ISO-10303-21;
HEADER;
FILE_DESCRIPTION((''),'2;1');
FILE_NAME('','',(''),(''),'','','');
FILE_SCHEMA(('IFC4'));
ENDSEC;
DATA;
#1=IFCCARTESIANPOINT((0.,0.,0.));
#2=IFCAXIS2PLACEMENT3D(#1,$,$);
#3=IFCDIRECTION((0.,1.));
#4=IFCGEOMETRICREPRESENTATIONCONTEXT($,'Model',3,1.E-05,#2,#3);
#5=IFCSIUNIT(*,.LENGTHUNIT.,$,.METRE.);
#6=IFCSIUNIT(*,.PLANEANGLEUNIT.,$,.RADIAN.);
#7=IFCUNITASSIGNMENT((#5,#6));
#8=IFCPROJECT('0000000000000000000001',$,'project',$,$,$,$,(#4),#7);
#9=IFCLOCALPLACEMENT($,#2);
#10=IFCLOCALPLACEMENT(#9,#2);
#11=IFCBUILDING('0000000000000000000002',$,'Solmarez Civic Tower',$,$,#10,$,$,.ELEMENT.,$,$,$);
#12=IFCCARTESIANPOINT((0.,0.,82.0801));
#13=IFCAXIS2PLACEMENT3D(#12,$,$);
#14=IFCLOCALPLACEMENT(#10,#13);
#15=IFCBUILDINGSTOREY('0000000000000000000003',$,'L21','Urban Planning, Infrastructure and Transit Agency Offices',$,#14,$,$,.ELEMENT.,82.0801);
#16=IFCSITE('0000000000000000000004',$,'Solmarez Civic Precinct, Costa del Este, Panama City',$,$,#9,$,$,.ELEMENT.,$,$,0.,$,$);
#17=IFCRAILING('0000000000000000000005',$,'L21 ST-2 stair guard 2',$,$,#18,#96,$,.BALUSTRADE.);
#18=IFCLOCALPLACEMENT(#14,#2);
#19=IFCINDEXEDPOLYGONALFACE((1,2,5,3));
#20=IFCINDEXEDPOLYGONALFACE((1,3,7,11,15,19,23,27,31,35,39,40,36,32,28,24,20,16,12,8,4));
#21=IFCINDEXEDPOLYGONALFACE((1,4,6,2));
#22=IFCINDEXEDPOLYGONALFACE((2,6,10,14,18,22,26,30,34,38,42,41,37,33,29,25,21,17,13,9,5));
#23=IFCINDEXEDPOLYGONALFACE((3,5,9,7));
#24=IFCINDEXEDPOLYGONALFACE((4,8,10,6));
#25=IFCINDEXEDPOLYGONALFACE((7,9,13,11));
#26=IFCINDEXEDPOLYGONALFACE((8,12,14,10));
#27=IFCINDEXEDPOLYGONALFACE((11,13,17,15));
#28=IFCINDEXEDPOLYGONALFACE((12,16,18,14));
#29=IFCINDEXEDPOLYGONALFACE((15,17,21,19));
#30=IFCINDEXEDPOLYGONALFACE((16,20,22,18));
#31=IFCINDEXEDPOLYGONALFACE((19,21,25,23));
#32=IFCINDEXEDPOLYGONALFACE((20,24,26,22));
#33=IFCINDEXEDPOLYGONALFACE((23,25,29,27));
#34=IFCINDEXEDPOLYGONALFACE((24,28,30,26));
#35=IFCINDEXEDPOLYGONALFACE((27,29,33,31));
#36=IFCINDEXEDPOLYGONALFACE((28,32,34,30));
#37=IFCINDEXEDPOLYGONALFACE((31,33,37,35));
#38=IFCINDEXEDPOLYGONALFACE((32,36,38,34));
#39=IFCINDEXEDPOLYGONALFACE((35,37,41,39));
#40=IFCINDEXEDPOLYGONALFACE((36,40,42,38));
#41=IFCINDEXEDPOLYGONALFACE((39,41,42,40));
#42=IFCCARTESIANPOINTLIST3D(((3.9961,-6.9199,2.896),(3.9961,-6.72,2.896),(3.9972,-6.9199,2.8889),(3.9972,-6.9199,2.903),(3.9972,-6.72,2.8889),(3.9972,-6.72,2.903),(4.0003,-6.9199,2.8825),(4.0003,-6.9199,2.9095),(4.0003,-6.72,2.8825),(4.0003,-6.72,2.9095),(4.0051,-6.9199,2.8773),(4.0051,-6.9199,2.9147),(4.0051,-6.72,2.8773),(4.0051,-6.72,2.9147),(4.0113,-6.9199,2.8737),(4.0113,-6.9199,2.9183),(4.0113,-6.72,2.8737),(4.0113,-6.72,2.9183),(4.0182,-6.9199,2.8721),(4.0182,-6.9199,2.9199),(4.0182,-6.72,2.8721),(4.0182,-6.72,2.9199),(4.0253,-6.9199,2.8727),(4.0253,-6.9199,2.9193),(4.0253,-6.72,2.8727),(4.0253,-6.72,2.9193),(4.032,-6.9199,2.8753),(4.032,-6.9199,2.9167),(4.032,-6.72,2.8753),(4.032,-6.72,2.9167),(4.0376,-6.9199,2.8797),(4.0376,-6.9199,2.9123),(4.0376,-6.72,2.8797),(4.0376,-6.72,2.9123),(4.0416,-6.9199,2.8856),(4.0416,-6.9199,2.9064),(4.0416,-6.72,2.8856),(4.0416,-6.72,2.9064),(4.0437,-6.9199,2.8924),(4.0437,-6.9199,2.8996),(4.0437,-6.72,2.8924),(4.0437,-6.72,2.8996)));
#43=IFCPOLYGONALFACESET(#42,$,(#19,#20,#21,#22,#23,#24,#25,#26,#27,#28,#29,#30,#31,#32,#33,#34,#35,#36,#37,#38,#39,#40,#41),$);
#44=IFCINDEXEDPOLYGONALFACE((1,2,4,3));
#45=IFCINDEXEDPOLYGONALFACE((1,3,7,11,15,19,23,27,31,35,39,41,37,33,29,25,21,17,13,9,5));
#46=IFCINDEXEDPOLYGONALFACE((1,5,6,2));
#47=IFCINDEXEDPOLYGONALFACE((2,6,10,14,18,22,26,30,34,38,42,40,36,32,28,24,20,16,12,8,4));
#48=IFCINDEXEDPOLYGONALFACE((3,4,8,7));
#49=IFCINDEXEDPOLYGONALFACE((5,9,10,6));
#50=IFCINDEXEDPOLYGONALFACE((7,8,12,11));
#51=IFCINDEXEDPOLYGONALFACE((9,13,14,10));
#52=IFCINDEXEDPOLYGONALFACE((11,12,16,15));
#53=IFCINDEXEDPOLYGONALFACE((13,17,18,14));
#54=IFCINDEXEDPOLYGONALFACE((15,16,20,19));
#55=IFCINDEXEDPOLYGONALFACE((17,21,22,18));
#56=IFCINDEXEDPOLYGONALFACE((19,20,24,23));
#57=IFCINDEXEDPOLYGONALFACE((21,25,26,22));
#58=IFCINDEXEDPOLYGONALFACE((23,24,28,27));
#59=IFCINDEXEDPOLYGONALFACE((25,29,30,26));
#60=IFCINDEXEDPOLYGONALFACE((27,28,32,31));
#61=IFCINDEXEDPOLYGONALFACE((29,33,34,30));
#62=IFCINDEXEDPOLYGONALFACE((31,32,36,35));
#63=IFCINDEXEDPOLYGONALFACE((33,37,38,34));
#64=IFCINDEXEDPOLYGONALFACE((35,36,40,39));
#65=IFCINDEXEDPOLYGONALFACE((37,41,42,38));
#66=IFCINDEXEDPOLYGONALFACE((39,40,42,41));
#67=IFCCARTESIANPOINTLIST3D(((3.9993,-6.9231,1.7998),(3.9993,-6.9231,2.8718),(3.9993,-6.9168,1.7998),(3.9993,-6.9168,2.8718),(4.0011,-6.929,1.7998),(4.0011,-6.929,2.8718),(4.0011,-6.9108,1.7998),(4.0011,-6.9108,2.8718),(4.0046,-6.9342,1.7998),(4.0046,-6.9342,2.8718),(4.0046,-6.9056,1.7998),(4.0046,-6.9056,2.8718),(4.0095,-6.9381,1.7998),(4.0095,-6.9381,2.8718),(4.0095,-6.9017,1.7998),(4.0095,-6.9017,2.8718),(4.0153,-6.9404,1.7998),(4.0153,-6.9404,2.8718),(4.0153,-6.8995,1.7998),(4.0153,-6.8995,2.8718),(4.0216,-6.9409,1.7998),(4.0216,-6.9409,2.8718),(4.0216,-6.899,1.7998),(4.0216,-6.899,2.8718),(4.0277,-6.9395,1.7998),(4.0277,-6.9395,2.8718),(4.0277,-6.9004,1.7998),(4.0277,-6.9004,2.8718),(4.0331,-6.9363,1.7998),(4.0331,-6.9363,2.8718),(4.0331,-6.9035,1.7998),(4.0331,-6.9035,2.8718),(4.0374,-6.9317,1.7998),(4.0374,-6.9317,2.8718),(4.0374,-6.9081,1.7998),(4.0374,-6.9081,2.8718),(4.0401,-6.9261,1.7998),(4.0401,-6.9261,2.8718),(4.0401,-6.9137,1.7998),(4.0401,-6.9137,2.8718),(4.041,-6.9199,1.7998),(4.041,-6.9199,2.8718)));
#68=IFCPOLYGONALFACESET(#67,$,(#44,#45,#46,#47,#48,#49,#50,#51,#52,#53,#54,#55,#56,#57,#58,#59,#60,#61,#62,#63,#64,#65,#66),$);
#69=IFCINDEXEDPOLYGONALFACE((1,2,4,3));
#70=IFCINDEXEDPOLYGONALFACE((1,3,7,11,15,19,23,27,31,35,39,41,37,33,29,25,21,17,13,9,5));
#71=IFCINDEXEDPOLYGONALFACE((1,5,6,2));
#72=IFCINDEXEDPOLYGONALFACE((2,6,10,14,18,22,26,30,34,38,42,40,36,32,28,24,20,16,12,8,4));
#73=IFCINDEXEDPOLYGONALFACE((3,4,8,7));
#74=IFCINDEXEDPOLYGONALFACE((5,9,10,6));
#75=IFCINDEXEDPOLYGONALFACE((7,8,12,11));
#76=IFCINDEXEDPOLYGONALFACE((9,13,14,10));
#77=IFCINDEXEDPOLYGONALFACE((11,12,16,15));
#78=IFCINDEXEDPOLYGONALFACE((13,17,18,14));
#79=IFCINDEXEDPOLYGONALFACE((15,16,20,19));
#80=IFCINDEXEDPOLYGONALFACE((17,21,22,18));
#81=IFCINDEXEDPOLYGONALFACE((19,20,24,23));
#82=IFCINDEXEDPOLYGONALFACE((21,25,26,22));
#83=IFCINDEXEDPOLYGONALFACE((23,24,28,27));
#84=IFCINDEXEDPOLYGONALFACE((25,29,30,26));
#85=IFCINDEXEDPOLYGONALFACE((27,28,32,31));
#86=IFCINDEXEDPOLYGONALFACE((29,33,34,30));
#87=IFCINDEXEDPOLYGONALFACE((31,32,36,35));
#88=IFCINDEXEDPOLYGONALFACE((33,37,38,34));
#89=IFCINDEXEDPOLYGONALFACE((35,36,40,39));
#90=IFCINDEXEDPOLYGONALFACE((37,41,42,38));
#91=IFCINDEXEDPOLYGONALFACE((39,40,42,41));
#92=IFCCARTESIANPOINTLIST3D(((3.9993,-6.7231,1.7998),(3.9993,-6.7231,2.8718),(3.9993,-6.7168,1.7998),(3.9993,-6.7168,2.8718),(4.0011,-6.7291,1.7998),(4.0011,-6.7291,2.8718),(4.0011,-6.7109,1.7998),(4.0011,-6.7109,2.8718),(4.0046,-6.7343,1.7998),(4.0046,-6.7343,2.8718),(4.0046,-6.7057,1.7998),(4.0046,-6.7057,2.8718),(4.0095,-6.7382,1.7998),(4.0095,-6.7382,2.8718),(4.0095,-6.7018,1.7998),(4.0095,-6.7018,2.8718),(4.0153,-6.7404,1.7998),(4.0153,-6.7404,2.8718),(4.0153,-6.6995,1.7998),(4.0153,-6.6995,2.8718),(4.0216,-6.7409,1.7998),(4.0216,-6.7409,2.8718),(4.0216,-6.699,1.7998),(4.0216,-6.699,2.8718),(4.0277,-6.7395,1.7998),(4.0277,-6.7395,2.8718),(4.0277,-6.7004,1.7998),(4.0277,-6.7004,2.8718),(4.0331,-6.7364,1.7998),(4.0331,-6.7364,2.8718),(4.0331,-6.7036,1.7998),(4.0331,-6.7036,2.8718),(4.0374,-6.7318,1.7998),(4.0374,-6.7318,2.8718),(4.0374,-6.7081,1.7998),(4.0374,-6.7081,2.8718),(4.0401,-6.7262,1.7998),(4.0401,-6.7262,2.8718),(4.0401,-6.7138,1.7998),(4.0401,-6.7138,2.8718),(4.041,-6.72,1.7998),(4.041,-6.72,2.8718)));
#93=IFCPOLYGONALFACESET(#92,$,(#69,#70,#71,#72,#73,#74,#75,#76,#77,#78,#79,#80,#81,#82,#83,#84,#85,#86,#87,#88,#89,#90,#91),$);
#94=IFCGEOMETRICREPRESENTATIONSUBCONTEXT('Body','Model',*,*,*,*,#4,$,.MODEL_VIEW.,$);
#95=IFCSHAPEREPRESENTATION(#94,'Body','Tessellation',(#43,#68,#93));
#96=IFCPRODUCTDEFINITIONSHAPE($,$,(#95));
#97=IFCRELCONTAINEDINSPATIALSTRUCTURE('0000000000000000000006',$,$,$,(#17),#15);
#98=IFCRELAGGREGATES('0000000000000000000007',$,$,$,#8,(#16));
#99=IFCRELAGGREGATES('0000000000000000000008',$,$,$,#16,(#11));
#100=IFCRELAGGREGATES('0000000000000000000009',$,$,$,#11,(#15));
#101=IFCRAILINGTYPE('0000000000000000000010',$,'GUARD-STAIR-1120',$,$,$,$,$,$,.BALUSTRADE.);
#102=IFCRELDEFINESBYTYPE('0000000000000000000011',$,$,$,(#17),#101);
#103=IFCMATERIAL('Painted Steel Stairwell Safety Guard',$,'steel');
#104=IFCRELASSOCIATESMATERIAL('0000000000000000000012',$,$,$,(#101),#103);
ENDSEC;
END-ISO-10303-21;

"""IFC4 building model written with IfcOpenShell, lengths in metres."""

from ifc_helpers import new_model, si_unit, direction, frame, origin, origin_2d, place, context, subcontext, project, spatial, circle, extrude, material, type_object, element, save


model = new_model("IFC4")

# Units and contexts
model_context = context("Model", 3, precision=1e-05, world=origin(), true_north=direction((0.0, 1.0)))
body_context = subcontext(model_context, "Body", "Model", "MODEL_VIEW")
ifc_project = project(units=[si_unit("LENGTHUNIT", "METRE"), si_unit("PLANEANGLEUNIT", "RADIAN")], contexts=[model_context])

# Site, building, storey
site_placement = place(None, origin())
site = spatial("IfcSite", under=ifc_project, at=site_placement, Name="Solmarez Civic Precinct, Costa del Este, Panama City", CompositionType="ELEMENT", RefElevation=0.0)
building_placement = place(site_placement, origin())
building = spatial("IfcBuilding", under=site, at=building_placement, Name="Solmarez Civic Tower", CompositionType="ELEMENT")
storey_placement = place(building_placement, frame((0.0, 0.0, 82.0801)))
storey = spatial("IfcBuildingStorey", under=building, at=storey_placement, Name="L21", Description="Urban Planning, Infrastructure and Transit Agency Offices", CompositionType="ELEMENT", Elevation=82.0801)

# Railing
ifc_material_1 = material(Name="Painted Steel Stairwell Safety Guard", Category="steel")
railing_type_1 = type_object("IfcRailingType", Name="GUARD-STAIR-1120", PredefinedType="BALUSTRADE", material=ifc_material_1)
railing_1_placement = place(storey_placement, frame((4.02, -6.9199, 1.7998)))
element("IfcRailing", 1, at=railing_1_placement, inside=storey, type_object=railing_type_1, Name="L21 ST-2 stair guard 2", PredefinedType="BALUSTRADE", context=body_context, shape_type="SweptSolid", body=[
    extrude(circle(Radius=0.0239, at=origin_2d()), frame((0.0, 0.0, 1.0962), z_axis=(0.0, 1.0, 0.0), x_axis=(-1.0, 0.0, 0.0)), (0.0, 0.0, 1.0), 0.2),
    extrude(circle(Radius=0.021, at=origin_2d()), origin(), (0.0, 0.0, 1.0), 1.072),
    extrude(circle(Radius=0.021, at=origin_2d()), frame((0.0, 0.2, 0.0)), (0.0, 0.0, 1.0), 1.072),
])

save(model, "model.ifc")
